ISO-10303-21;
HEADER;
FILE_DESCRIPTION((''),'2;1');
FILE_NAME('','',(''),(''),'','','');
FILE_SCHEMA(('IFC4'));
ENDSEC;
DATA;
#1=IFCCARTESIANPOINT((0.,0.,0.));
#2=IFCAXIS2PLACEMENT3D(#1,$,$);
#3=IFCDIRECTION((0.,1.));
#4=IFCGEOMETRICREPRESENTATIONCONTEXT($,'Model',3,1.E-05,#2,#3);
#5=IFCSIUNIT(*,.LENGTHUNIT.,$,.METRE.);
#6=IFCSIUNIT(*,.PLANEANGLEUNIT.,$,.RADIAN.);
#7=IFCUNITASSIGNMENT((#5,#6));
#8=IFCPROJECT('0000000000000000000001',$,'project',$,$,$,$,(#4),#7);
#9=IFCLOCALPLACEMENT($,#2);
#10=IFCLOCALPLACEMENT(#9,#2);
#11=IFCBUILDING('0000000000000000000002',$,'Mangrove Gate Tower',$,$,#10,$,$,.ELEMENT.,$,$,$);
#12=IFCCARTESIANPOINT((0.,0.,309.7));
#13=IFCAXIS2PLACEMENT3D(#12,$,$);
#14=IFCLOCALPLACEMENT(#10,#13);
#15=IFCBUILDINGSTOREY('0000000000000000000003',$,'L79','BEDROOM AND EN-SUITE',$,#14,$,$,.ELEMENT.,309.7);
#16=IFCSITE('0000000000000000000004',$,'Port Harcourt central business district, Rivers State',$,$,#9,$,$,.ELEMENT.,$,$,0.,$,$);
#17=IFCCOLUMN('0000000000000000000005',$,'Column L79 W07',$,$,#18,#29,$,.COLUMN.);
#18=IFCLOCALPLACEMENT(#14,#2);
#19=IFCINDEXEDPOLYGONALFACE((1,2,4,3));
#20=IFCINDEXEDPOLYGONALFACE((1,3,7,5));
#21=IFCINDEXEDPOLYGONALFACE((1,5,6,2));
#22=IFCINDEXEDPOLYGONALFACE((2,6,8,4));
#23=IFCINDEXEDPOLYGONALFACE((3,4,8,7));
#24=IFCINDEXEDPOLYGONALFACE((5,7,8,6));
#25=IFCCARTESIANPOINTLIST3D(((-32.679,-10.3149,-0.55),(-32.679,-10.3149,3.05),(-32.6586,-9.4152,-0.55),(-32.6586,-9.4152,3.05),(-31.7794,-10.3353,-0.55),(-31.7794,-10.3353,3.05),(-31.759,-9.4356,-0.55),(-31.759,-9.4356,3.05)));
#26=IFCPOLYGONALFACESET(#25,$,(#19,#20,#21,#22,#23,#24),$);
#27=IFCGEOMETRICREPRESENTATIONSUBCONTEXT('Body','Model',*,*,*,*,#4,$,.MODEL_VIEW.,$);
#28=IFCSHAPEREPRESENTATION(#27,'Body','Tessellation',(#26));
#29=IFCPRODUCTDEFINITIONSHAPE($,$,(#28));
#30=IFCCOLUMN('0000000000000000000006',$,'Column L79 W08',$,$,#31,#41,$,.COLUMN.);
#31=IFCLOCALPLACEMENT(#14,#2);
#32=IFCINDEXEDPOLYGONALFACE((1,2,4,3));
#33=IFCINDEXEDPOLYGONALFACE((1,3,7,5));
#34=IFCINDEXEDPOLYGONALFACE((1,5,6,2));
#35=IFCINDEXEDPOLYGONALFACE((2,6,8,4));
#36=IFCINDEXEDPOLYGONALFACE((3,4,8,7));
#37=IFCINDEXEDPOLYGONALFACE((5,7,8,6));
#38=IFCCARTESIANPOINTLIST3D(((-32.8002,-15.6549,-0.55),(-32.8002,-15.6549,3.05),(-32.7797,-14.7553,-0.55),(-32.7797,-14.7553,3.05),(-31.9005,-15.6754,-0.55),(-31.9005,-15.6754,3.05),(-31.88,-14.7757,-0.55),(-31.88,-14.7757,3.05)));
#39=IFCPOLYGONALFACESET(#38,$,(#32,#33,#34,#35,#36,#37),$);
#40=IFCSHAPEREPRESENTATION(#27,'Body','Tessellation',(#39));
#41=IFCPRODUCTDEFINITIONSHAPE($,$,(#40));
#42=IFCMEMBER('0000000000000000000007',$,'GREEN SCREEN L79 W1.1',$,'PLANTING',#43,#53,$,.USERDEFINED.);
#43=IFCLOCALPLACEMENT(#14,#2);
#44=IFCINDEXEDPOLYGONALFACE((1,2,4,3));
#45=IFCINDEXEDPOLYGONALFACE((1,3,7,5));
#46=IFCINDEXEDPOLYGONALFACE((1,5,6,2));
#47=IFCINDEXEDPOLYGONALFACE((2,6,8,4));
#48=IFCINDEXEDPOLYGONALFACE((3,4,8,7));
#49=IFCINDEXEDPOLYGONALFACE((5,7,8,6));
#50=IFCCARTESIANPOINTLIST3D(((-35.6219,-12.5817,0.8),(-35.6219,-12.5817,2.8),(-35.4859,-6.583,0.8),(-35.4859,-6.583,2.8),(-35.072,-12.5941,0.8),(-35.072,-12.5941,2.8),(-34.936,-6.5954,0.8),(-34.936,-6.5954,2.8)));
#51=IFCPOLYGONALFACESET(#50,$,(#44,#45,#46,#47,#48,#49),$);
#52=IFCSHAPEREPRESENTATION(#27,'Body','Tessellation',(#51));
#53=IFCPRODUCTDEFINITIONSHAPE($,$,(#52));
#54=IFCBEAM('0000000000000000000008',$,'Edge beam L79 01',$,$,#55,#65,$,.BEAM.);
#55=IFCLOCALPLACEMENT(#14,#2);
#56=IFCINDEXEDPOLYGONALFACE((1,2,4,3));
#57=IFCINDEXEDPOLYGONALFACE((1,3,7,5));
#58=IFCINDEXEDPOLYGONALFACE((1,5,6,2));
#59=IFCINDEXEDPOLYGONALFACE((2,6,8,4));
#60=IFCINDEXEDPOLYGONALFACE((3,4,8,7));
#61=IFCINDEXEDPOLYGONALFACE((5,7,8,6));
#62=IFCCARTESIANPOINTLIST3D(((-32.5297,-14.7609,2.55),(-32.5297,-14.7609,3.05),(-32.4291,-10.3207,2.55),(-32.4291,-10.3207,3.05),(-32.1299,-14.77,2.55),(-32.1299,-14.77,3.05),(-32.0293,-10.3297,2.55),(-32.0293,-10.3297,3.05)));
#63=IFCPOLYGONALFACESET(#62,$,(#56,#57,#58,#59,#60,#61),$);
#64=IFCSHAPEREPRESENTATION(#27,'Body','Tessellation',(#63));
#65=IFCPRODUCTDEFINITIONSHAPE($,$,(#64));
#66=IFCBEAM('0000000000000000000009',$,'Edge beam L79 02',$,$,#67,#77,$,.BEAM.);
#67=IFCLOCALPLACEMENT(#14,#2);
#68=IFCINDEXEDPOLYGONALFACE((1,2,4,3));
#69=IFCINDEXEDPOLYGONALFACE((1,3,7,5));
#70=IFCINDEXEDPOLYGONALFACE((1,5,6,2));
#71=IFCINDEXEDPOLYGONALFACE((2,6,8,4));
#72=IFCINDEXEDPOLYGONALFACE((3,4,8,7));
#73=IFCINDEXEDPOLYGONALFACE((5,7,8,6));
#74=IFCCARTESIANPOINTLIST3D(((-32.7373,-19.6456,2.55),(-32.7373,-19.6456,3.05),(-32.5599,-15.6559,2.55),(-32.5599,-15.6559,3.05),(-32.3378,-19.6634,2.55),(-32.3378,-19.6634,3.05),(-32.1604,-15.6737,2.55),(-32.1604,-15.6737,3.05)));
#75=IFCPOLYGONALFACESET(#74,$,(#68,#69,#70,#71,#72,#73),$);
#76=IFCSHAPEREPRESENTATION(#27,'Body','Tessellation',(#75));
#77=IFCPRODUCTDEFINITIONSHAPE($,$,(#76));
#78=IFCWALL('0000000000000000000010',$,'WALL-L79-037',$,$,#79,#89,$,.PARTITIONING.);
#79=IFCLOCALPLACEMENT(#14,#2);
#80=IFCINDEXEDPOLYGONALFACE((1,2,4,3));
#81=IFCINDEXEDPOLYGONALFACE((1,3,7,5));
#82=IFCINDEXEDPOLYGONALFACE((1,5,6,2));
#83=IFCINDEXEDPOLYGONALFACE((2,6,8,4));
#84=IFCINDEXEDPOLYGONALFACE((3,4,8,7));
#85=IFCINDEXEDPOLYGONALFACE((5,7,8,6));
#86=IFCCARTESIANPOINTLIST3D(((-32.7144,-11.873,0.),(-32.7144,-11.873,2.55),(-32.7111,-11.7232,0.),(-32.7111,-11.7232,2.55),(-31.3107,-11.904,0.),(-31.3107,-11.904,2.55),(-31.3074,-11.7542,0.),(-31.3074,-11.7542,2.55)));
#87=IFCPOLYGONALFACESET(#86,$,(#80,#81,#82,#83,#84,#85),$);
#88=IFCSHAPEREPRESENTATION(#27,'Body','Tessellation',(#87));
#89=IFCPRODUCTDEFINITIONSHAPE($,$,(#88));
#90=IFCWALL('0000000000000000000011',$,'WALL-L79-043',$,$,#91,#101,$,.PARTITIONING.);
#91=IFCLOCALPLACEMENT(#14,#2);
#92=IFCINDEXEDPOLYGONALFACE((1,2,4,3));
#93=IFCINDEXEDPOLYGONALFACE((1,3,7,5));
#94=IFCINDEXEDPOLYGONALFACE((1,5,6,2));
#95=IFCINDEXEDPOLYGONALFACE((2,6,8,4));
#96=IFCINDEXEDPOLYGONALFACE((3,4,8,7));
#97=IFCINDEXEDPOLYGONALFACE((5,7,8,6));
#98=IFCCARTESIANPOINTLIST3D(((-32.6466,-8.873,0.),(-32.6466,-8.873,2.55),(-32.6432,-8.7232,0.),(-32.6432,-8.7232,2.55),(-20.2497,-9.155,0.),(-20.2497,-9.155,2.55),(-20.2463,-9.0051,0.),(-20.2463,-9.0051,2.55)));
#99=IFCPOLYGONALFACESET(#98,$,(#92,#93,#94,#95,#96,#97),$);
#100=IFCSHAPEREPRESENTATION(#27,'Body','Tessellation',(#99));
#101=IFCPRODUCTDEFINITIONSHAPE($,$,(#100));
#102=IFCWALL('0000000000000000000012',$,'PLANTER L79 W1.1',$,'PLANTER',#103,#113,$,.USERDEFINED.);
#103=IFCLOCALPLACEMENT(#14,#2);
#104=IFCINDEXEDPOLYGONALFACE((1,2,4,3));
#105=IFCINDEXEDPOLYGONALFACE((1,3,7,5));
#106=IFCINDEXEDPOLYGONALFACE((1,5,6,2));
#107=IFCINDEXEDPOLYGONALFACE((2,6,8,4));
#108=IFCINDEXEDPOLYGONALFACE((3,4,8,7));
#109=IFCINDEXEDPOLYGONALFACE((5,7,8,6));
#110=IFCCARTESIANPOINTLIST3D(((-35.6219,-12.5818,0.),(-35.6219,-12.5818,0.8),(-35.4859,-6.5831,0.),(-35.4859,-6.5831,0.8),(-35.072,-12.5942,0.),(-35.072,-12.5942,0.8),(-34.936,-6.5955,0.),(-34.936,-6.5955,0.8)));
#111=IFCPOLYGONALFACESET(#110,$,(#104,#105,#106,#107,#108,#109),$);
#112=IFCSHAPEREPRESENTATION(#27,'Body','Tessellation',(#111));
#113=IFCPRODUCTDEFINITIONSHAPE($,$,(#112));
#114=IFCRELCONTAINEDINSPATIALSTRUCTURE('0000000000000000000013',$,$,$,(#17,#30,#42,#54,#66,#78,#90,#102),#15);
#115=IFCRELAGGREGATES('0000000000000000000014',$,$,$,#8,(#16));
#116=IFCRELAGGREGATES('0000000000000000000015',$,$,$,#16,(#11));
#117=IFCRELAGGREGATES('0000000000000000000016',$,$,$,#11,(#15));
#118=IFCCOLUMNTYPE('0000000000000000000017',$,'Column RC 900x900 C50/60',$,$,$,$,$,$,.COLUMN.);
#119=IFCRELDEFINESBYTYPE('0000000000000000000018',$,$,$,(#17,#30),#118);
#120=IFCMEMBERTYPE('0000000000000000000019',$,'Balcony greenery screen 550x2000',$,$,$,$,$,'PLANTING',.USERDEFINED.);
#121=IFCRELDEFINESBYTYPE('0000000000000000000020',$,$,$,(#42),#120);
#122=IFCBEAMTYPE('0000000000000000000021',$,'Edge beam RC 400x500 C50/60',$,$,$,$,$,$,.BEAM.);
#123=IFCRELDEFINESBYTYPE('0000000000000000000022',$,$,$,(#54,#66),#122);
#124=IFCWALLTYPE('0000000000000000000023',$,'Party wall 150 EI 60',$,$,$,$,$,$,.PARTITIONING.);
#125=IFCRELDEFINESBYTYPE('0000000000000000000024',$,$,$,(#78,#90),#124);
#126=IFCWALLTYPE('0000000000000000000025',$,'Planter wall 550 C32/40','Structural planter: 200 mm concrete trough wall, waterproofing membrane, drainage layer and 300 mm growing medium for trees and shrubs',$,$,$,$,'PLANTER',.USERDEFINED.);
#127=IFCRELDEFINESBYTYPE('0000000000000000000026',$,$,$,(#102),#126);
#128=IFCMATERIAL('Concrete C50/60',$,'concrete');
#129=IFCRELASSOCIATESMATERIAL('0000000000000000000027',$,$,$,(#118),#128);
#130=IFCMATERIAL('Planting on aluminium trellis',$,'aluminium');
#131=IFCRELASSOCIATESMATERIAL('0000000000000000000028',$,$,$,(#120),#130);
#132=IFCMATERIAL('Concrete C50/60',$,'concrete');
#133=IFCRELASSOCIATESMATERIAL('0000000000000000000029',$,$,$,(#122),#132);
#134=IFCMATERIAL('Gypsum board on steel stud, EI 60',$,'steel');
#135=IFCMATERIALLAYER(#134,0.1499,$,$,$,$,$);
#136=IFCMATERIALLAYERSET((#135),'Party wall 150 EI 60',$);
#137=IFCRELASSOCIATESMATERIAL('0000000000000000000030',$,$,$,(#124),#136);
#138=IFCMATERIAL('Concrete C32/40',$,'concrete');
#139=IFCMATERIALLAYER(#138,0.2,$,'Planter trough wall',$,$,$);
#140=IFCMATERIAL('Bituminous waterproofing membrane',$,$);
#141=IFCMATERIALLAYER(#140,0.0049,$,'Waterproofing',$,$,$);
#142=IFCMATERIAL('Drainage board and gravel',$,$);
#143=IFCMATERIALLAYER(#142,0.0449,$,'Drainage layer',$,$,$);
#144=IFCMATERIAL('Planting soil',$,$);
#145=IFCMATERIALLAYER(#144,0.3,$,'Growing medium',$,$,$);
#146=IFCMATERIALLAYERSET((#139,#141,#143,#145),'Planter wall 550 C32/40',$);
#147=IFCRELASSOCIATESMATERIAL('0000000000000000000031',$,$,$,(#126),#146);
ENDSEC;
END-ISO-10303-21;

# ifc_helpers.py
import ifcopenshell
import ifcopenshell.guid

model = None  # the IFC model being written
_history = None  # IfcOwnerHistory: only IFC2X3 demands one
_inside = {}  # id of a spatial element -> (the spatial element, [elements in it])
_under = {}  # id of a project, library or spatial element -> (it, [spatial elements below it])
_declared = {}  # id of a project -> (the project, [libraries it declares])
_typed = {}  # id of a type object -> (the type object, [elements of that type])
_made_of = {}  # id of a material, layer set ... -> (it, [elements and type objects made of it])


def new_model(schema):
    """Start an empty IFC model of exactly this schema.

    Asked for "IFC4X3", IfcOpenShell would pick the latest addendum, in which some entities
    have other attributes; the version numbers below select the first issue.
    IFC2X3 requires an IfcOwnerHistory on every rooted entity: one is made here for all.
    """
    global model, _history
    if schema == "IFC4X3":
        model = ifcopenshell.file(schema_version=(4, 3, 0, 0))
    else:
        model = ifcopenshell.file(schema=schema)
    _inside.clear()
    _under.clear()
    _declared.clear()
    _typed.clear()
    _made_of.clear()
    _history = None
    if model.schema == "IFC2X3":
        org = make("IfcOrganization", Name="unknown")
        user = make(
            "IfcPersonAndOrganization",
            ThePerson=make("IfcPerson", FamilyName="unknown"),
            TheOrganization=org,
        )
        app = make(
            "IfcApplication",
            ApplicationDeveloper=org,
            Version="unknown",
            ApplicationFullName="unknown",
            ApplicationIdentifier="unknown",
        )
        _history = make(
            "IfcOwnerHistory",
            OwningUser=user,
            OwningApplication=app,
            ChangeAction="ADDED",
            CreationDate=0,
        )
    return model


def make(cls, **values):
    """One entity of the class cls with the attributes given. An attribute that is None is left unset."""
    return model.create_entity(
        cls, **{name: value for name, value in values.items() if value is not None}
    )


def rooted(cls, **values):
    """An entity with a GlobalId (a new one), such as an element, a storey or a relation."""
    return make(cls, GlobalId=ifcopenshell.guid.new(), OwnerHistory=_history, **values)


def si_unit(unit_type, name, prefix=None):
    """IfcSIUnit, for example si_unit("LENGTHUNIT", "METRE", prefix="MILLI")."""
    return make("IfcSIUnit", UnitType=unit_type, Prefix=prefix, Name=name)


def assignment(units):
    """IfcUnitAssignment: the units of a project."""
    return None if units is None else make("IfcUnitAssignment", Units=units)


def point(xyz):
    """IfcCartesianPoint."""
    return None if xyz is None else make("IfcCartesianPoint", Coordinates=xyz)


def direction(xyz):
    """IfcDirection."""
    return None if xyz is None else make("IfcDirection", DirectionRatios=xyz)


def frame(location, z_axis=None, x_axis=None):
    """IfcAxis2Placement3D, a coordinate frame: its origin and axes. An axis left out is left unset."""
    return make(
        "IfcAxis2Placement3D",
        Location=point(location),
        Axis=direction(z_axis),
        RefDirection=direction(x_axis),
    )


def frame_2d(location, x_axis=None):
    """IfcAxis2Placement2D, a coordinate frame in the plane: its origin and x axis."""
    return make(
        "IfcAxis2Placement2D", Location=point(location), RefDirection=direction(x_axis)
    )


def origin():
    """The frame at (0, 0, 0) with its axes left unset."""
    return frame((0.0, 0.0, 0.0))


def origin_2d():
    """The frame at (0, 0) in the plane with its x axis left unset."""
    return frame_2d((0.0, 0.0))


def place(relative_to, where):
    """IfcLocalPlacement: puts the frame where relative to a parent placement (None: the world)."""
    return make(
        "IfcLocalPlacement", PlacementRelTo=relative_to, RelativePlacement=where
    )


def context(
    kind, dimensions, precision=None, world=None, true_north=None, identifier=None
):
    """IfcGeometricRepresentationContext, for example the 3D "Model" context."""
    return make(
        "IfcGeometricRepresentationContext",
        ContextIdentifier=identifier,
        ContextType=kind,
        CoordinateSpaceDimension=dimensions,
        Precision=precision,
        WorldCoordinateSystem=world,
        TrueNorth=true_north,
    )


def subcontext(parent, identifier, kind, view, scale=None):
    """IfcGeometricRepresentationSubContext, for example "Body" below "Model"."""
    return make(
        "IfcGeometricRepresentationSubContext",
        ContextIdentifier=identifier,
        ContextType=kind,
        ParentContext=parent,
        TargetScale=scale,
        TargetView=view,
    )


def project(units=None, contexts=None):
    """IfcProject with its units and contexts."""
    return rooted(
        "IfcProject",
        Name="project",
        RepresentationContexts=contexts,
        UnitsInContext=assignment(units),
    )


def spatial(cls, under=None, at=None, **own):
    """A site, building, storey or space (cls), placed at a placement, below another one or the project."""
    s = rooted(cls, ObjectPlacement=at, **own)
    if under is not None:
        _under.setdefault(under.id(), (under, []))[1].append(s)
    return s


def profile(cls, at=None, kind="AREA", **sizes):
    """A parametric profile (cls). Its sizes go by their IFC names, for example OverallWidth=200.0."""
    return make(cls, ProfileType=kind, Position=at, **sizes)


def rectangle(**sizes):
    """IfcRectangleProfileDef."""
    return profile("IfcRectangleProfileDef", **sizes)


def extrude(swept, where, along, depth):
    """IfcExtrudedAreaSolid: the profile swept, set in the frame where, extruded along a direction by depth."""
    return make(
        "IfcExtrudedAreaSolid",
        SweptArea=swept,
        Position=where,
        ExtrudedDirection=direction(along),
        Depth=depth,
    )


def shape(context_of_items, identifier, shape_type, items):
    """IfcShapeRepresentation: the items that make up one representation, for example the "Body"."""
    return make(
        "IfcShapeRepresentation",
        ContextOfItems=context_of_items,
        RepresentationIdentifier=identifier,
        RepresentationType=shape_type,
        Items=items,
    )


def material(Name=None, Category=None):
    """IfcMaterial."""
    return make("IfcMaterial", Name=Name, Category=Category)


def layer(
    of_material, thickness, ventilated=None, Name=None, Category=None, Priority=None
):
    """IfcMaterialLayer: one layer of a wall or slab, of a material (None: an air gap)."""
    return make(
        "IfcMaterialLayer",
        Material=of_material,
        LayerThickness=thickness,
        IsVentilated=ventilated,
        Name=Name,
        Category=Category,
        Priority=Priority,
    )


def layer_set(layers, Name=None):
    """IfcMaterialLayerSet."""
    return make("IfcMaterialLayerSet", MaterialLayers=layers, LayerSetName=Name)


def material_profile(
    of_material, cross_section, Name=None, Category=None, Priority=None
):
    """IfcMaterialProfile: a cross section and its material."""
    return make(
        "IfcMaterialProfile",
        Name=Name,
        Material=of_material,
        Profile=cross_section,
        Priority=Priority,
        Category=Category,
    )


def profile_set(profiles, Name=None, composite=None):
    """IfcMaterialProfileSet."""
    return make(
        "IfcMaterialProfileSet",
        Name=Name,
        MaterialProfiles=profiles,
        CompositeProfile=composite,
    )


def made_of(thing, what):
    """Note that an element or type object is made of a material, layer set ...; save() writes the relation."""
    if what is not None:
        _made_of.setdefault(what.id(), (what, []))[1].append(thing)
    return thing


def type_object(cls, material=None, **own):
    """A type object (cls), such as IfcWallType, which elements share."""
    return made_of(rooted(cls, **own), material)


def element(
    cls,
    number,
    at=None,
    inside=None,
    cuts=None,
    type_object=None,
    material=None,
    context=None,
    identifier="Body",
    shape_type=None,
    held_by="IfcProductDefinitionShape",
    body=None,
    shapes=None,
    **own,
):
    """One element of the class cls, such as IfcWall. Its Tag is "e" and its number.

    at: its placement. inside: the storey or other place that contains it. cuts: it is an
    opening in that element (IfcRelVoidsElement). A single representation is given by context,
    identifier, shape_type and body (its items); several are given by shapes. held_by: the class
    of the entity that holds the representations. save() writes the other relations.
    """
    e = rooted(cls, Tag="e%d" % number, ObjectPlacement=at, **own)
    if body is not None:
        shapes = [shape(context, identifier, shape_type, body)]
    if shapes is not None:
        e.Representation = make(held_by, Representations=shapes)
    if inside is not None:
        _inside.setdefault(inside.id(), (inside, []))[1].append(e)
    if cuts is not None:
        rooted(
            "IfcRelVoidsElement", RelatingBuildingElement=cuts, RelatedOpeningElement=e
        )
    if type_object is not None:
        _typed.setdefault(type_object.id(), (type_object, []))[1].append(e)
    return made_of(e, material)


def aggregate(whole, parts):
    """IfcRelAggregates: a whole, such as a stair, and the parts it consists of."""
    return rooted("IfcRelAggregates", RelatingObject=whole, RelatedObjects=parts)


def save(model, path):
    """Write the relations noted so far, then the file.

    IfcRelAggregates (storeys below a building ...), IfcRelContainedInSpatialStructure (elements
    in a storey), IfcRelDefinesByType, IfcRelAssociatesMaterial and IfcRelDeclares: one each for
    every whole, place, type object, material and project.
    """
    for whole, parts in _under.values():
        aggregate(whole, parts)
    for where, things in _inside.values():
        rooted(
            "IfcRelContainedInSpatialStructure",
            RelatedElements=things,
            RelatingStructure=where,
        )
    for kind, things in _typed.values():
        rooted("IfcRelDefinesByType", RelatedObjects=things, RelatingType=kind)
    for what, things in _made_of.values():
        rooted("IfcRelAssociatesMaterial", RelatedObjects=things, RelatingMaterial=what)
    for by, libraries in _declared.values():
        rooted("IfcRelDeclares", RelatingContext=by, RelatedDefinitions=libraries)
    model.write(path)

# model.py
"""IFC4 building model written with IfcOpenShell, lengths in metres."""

from ifc_helpers import new_model, si_unit, direction, frame, frame_2d, origin, origin_2d, place, context, subcontext, project, spatial, rectangle, extrude, material, layer, layer_set, material_profile, profile_set, type_object, element, save


model = new_model("IFC4")

# Units and contexts
model_context = context("Model", 3, precision=1e-05, world=origin(), true_north=direction((0.0, 1.0)))
body_context = subcontext(model_context, "Body", "Model", "MODEL_VIEW")
ifc_project = project(units=[si_unit("LENGTHUNIT", "METRE"), si_unit("PLANEANGLEUNIT", "RADIAN")], contexts=[model_context])

# Site, building, storey
site_placement = place(None, origin())
site = spatial("IfcSite", under=ifc_project, at=site_placement, Name="Port Harcourt central business district, Rivers State", CompositionType="ELEMENT", RefElevation=0.0)
building_placement = place(site_placement, origin())
building = spatial("IfcBuilding", under=site, at=building_placement, Name="Mangrove Gate Tower", CompositionType="ELEMENT")
storey_placement = place(building_placement, frame((0.0, 0.0, 309.7)))
storey = spatial("IfcBuildingStorey", under=building, at=storey_placement, Name="L79", Description="BEDROOM AND EN-SUITE", CompositionType="ELEMENT", Elevation=309.7)

# Columns
ifc_material_1 = material(Name="Concrete C50/60", Category="concrete")
ifc_material_profile_1 = material_profile(ifc_material_1, rectangle(XDim=0.8999, YDim=0.8999, at=origin_2d()))
ifc_profile_set_1 = profile_set([ifc_material_profile_1], Name="Concrete C50/60")
column_type = type_object("IfcColumnType", Name="Column RC 900x900 C50/60", PredefinedType="COLUMN", material=ifc_profile_set_1)
for number, where, z_axis, x_axis, name in (
    (1, (-32.219, -9.8752, -0.55), (0.0, 0.0, 1.0), (-0.022653, -0.999743, 0.0), "Column L79 W07"),
    (2, (-32.3401, -15.2153, -0.55), (0.0, 0.0, 1.0), (-0.022747, -0.999741, 0.0), "Column L79 W08"),
):
    element("IfcColumn", number, at=place(storey_placement, frame(where, z_axis=z_axis, x_axis=x_axis)), inside=storey, type_object=column_type, Name=name, PredefinedType="COLUMN", context=body_context, shape_type="SweptSolid", body=[
        extrude(rectangle(XDim=0.8999, YDim=0.8999, at=origin_2d()), origin(), (0.0, 0.0, 1.0), 3.6001),
    ])

# Member
ifc_material_2 = material(Name="Planting on aluminium trellis", Category="aluminium")
ifc_material_profile_2 = material_profile(ifc_material_2, rectangle(XDim=0.55, YDim=2.0, at=origin_2d()))
ifc_profile_set_2 = profile_set([ifc_material_profile_2], Name="Planting on aluminium trellis")
member_type = type_object("IfcMemberType", Name="Balcony greenery screen 550x2000", ElementType="PLANTING", PredefinedType="USERDEFINED", material=ifc_profile_set_2)
member_placement = place(storey_placement, frame((-35.3469, -12.5879, 1.8), z_axis=(0.022663, 0.999743, 0.0), x_axis=(-0.999743, 0.022663, 0.0)))
element("IfcMember", 3, at=member_placement, inside=storey, type_object=member_type, Name="GREEN SCREEN L79 W1.1", ObjectType="PLANTING", PredefinedType="USERDEFINED", context=body_context, shape_type="SweptSolid", body=[
    extrude(rectangle(XDim=0.55, YDim=2.0, at=origin_2d()), origin(), (0.0, 0.0, 1.0), 6.0002),
])

# Beams
ifc_material_3 = material(Name="Concrete C50/60", Category="concrete")
ifc_material_profile_3 = material_profile(ifc_material_3, rectangle(XDim=0.3999, YDim=0.5, at=origin_2d()))
ifc_profile_set_3 = profile_set([ifc_material_profile_3], Name="Concrete C50/60")
beam_type = type_object("IfcBeamType", Name="Edge beam RC 400x500 C50/60", PredefinedType="BEAM", material=ifc_profile_set_3)
beam_1_placement = place(storey_placement, frame((-32.2292, -10.3252, 2.8), z_axis=(-0.022648, -0.999744, 0.0), x_axis=(0.999744, -0.022648, 0.0)))
element("IfcBeam", 4, at=beam_1_placement, inside=storey, type_object=beam_type, Name="Edge beam L79 01", PredefinedType="BEAM", context=body_context, shape_type="SweptSolid", body=[
    extrude(rectangle(XDim=0.3999, YDim=0.5, at=origin_2d()), origin(), (0.0, 0.0, 1.0), 4.4414),
])
beam_2_placement = place(storey_placement, frame((-32.3601, -15.6648, 2.8), z_axis=(-0.044443, -0.999012, 0.0), x_axis=(0.999012, -0.044443, 0.0)))
element("IfcBeam", 5, at=beam_2_placement, inside=storey, type_object=beam_type, Name="Edge beam L79 02", PredefinedType="BEAM", context=body_context, shape_type="SweptSolid", body=[
    extrude(rectangle(XDim=0.3999, YDim=0.5, at=origin_2d()), origin(), (0.0, 0.0, 1.0), 3.9937),
])

# Walls
ifc_material_4 = material(Name="Gypsum board on steel stud, EI 60", Category="steel")
ifc_layer_1 = layer(ifc_material_4, 0.1499)
ifc_layer_set_1 = layer_set([ifc_layer_1], Name="Party wall 150 EI 60")
wall_type_1 = type_object("IfcWallType", Name="Party wall 150 EI 60", PredefinedType="PARTITIONING", material=ifc_layer_set_1)
wall_1_placement = place(storey_placement, frame((-32.7129, -11.7981, 0.0), z_axis=(0.0, 0.0, 1.0), x_axis=(0.999756, -0.022082, 0.0)))
element("IfcWall", 6, at=wall_1_placement, inside=storey, type_object=wall_type_1, Name="WALL-L79-037", PredefinedType="PARTITIONING", context=body_context, shape_type="SweptSolid", body=[
    extrude(rectangle(XDim=1.4041, YDim=0.1499, at=frame_2d((0.7021, 0.0))), origin(), (0.0, 0.0, 1.0), 2.55),
])
wall_2_placement = place(storey_placement, frame((-32.645, -8.7981, 0.0), z_axis=(0.0, 0.0, 1.0), x_axis=(0.999741, -0.02274, 0.0)))
element("IfcWall", 7, at=wall_2_placement, inside=storey, type_object=wall_type_1, Name="WALL-L79-043", PredefinedType="PARTITIONING", context=body_context, shape_type="SweptSolid", body=[
    extrude(rectangle(XDim=12.4001, YDim=0.1499, at=frame_2d((6.2002, 0.0))), origin(), (0.0, 0.0, 1.0), 2.55),
])
ifc_material_5 = material(Name="Concrete C32/40", Category="concrete")
ifc_layer_2 = layer(ifc_material_5, 0.2, Name="Planter trough wall")
ifc_material_6 = material(Name="Bituminous waterproofing membrane")
ifc_layer_3 = layer(ifc_material_6, 0.0049, Name="Waterproofing")
ifc_material_7 = material(Name="Drainage board and gravel")
ifc_layer_4 = layer(ifc_material_7, 0.0449, Name="Drainage layer")
ifc_material_8 = material(Name="Planting soil")
ifc_layer_5 = layer(ifc_material_8, 0.3, Name="Growing medium")
ifc_layer_set_2 = layer_set([ifc_layer_2, ifc_layer_3, ifc_layer_4, ifc_layer_5], Name="Planter wall 550 C32/40")
wall_type_2 = type_object("IfcWallType", Name="Planter wall 550 C32/40", Description="Structural planter: 200 mm concrete trough wall, waterproofing membrane, drainage layer and 300 mm growing medium for trees and shrubs", ElementType="PLANTER", PredefinedType="USERDEFINED", material=ifc_layer_set_2)
wall_3_placement = place(storey_placement, frame((-35.3469, -12.5879, 0.0), z_axis=(0.0, 0.0, 1.0), x_axis=(0.022663, 0.999743, 0.0)))
element("IfcWall", 8, at=wall_3_placement, inside=storey, type_object=wall_type_2, Name="PLANTER L79 W1.1", ObjectType="PLANTER", PredefinedType="USERDEFINED", context=body_context, shape_type="SweptSolid", body=[
    extrude(rectangle(XDim=6.0002, YDim=0.55, at=frame_2d((3.0, 0.0))), origin(), (0.0, 0.0, 1.0), 0.8),
])

save(model, "model.ifc")
